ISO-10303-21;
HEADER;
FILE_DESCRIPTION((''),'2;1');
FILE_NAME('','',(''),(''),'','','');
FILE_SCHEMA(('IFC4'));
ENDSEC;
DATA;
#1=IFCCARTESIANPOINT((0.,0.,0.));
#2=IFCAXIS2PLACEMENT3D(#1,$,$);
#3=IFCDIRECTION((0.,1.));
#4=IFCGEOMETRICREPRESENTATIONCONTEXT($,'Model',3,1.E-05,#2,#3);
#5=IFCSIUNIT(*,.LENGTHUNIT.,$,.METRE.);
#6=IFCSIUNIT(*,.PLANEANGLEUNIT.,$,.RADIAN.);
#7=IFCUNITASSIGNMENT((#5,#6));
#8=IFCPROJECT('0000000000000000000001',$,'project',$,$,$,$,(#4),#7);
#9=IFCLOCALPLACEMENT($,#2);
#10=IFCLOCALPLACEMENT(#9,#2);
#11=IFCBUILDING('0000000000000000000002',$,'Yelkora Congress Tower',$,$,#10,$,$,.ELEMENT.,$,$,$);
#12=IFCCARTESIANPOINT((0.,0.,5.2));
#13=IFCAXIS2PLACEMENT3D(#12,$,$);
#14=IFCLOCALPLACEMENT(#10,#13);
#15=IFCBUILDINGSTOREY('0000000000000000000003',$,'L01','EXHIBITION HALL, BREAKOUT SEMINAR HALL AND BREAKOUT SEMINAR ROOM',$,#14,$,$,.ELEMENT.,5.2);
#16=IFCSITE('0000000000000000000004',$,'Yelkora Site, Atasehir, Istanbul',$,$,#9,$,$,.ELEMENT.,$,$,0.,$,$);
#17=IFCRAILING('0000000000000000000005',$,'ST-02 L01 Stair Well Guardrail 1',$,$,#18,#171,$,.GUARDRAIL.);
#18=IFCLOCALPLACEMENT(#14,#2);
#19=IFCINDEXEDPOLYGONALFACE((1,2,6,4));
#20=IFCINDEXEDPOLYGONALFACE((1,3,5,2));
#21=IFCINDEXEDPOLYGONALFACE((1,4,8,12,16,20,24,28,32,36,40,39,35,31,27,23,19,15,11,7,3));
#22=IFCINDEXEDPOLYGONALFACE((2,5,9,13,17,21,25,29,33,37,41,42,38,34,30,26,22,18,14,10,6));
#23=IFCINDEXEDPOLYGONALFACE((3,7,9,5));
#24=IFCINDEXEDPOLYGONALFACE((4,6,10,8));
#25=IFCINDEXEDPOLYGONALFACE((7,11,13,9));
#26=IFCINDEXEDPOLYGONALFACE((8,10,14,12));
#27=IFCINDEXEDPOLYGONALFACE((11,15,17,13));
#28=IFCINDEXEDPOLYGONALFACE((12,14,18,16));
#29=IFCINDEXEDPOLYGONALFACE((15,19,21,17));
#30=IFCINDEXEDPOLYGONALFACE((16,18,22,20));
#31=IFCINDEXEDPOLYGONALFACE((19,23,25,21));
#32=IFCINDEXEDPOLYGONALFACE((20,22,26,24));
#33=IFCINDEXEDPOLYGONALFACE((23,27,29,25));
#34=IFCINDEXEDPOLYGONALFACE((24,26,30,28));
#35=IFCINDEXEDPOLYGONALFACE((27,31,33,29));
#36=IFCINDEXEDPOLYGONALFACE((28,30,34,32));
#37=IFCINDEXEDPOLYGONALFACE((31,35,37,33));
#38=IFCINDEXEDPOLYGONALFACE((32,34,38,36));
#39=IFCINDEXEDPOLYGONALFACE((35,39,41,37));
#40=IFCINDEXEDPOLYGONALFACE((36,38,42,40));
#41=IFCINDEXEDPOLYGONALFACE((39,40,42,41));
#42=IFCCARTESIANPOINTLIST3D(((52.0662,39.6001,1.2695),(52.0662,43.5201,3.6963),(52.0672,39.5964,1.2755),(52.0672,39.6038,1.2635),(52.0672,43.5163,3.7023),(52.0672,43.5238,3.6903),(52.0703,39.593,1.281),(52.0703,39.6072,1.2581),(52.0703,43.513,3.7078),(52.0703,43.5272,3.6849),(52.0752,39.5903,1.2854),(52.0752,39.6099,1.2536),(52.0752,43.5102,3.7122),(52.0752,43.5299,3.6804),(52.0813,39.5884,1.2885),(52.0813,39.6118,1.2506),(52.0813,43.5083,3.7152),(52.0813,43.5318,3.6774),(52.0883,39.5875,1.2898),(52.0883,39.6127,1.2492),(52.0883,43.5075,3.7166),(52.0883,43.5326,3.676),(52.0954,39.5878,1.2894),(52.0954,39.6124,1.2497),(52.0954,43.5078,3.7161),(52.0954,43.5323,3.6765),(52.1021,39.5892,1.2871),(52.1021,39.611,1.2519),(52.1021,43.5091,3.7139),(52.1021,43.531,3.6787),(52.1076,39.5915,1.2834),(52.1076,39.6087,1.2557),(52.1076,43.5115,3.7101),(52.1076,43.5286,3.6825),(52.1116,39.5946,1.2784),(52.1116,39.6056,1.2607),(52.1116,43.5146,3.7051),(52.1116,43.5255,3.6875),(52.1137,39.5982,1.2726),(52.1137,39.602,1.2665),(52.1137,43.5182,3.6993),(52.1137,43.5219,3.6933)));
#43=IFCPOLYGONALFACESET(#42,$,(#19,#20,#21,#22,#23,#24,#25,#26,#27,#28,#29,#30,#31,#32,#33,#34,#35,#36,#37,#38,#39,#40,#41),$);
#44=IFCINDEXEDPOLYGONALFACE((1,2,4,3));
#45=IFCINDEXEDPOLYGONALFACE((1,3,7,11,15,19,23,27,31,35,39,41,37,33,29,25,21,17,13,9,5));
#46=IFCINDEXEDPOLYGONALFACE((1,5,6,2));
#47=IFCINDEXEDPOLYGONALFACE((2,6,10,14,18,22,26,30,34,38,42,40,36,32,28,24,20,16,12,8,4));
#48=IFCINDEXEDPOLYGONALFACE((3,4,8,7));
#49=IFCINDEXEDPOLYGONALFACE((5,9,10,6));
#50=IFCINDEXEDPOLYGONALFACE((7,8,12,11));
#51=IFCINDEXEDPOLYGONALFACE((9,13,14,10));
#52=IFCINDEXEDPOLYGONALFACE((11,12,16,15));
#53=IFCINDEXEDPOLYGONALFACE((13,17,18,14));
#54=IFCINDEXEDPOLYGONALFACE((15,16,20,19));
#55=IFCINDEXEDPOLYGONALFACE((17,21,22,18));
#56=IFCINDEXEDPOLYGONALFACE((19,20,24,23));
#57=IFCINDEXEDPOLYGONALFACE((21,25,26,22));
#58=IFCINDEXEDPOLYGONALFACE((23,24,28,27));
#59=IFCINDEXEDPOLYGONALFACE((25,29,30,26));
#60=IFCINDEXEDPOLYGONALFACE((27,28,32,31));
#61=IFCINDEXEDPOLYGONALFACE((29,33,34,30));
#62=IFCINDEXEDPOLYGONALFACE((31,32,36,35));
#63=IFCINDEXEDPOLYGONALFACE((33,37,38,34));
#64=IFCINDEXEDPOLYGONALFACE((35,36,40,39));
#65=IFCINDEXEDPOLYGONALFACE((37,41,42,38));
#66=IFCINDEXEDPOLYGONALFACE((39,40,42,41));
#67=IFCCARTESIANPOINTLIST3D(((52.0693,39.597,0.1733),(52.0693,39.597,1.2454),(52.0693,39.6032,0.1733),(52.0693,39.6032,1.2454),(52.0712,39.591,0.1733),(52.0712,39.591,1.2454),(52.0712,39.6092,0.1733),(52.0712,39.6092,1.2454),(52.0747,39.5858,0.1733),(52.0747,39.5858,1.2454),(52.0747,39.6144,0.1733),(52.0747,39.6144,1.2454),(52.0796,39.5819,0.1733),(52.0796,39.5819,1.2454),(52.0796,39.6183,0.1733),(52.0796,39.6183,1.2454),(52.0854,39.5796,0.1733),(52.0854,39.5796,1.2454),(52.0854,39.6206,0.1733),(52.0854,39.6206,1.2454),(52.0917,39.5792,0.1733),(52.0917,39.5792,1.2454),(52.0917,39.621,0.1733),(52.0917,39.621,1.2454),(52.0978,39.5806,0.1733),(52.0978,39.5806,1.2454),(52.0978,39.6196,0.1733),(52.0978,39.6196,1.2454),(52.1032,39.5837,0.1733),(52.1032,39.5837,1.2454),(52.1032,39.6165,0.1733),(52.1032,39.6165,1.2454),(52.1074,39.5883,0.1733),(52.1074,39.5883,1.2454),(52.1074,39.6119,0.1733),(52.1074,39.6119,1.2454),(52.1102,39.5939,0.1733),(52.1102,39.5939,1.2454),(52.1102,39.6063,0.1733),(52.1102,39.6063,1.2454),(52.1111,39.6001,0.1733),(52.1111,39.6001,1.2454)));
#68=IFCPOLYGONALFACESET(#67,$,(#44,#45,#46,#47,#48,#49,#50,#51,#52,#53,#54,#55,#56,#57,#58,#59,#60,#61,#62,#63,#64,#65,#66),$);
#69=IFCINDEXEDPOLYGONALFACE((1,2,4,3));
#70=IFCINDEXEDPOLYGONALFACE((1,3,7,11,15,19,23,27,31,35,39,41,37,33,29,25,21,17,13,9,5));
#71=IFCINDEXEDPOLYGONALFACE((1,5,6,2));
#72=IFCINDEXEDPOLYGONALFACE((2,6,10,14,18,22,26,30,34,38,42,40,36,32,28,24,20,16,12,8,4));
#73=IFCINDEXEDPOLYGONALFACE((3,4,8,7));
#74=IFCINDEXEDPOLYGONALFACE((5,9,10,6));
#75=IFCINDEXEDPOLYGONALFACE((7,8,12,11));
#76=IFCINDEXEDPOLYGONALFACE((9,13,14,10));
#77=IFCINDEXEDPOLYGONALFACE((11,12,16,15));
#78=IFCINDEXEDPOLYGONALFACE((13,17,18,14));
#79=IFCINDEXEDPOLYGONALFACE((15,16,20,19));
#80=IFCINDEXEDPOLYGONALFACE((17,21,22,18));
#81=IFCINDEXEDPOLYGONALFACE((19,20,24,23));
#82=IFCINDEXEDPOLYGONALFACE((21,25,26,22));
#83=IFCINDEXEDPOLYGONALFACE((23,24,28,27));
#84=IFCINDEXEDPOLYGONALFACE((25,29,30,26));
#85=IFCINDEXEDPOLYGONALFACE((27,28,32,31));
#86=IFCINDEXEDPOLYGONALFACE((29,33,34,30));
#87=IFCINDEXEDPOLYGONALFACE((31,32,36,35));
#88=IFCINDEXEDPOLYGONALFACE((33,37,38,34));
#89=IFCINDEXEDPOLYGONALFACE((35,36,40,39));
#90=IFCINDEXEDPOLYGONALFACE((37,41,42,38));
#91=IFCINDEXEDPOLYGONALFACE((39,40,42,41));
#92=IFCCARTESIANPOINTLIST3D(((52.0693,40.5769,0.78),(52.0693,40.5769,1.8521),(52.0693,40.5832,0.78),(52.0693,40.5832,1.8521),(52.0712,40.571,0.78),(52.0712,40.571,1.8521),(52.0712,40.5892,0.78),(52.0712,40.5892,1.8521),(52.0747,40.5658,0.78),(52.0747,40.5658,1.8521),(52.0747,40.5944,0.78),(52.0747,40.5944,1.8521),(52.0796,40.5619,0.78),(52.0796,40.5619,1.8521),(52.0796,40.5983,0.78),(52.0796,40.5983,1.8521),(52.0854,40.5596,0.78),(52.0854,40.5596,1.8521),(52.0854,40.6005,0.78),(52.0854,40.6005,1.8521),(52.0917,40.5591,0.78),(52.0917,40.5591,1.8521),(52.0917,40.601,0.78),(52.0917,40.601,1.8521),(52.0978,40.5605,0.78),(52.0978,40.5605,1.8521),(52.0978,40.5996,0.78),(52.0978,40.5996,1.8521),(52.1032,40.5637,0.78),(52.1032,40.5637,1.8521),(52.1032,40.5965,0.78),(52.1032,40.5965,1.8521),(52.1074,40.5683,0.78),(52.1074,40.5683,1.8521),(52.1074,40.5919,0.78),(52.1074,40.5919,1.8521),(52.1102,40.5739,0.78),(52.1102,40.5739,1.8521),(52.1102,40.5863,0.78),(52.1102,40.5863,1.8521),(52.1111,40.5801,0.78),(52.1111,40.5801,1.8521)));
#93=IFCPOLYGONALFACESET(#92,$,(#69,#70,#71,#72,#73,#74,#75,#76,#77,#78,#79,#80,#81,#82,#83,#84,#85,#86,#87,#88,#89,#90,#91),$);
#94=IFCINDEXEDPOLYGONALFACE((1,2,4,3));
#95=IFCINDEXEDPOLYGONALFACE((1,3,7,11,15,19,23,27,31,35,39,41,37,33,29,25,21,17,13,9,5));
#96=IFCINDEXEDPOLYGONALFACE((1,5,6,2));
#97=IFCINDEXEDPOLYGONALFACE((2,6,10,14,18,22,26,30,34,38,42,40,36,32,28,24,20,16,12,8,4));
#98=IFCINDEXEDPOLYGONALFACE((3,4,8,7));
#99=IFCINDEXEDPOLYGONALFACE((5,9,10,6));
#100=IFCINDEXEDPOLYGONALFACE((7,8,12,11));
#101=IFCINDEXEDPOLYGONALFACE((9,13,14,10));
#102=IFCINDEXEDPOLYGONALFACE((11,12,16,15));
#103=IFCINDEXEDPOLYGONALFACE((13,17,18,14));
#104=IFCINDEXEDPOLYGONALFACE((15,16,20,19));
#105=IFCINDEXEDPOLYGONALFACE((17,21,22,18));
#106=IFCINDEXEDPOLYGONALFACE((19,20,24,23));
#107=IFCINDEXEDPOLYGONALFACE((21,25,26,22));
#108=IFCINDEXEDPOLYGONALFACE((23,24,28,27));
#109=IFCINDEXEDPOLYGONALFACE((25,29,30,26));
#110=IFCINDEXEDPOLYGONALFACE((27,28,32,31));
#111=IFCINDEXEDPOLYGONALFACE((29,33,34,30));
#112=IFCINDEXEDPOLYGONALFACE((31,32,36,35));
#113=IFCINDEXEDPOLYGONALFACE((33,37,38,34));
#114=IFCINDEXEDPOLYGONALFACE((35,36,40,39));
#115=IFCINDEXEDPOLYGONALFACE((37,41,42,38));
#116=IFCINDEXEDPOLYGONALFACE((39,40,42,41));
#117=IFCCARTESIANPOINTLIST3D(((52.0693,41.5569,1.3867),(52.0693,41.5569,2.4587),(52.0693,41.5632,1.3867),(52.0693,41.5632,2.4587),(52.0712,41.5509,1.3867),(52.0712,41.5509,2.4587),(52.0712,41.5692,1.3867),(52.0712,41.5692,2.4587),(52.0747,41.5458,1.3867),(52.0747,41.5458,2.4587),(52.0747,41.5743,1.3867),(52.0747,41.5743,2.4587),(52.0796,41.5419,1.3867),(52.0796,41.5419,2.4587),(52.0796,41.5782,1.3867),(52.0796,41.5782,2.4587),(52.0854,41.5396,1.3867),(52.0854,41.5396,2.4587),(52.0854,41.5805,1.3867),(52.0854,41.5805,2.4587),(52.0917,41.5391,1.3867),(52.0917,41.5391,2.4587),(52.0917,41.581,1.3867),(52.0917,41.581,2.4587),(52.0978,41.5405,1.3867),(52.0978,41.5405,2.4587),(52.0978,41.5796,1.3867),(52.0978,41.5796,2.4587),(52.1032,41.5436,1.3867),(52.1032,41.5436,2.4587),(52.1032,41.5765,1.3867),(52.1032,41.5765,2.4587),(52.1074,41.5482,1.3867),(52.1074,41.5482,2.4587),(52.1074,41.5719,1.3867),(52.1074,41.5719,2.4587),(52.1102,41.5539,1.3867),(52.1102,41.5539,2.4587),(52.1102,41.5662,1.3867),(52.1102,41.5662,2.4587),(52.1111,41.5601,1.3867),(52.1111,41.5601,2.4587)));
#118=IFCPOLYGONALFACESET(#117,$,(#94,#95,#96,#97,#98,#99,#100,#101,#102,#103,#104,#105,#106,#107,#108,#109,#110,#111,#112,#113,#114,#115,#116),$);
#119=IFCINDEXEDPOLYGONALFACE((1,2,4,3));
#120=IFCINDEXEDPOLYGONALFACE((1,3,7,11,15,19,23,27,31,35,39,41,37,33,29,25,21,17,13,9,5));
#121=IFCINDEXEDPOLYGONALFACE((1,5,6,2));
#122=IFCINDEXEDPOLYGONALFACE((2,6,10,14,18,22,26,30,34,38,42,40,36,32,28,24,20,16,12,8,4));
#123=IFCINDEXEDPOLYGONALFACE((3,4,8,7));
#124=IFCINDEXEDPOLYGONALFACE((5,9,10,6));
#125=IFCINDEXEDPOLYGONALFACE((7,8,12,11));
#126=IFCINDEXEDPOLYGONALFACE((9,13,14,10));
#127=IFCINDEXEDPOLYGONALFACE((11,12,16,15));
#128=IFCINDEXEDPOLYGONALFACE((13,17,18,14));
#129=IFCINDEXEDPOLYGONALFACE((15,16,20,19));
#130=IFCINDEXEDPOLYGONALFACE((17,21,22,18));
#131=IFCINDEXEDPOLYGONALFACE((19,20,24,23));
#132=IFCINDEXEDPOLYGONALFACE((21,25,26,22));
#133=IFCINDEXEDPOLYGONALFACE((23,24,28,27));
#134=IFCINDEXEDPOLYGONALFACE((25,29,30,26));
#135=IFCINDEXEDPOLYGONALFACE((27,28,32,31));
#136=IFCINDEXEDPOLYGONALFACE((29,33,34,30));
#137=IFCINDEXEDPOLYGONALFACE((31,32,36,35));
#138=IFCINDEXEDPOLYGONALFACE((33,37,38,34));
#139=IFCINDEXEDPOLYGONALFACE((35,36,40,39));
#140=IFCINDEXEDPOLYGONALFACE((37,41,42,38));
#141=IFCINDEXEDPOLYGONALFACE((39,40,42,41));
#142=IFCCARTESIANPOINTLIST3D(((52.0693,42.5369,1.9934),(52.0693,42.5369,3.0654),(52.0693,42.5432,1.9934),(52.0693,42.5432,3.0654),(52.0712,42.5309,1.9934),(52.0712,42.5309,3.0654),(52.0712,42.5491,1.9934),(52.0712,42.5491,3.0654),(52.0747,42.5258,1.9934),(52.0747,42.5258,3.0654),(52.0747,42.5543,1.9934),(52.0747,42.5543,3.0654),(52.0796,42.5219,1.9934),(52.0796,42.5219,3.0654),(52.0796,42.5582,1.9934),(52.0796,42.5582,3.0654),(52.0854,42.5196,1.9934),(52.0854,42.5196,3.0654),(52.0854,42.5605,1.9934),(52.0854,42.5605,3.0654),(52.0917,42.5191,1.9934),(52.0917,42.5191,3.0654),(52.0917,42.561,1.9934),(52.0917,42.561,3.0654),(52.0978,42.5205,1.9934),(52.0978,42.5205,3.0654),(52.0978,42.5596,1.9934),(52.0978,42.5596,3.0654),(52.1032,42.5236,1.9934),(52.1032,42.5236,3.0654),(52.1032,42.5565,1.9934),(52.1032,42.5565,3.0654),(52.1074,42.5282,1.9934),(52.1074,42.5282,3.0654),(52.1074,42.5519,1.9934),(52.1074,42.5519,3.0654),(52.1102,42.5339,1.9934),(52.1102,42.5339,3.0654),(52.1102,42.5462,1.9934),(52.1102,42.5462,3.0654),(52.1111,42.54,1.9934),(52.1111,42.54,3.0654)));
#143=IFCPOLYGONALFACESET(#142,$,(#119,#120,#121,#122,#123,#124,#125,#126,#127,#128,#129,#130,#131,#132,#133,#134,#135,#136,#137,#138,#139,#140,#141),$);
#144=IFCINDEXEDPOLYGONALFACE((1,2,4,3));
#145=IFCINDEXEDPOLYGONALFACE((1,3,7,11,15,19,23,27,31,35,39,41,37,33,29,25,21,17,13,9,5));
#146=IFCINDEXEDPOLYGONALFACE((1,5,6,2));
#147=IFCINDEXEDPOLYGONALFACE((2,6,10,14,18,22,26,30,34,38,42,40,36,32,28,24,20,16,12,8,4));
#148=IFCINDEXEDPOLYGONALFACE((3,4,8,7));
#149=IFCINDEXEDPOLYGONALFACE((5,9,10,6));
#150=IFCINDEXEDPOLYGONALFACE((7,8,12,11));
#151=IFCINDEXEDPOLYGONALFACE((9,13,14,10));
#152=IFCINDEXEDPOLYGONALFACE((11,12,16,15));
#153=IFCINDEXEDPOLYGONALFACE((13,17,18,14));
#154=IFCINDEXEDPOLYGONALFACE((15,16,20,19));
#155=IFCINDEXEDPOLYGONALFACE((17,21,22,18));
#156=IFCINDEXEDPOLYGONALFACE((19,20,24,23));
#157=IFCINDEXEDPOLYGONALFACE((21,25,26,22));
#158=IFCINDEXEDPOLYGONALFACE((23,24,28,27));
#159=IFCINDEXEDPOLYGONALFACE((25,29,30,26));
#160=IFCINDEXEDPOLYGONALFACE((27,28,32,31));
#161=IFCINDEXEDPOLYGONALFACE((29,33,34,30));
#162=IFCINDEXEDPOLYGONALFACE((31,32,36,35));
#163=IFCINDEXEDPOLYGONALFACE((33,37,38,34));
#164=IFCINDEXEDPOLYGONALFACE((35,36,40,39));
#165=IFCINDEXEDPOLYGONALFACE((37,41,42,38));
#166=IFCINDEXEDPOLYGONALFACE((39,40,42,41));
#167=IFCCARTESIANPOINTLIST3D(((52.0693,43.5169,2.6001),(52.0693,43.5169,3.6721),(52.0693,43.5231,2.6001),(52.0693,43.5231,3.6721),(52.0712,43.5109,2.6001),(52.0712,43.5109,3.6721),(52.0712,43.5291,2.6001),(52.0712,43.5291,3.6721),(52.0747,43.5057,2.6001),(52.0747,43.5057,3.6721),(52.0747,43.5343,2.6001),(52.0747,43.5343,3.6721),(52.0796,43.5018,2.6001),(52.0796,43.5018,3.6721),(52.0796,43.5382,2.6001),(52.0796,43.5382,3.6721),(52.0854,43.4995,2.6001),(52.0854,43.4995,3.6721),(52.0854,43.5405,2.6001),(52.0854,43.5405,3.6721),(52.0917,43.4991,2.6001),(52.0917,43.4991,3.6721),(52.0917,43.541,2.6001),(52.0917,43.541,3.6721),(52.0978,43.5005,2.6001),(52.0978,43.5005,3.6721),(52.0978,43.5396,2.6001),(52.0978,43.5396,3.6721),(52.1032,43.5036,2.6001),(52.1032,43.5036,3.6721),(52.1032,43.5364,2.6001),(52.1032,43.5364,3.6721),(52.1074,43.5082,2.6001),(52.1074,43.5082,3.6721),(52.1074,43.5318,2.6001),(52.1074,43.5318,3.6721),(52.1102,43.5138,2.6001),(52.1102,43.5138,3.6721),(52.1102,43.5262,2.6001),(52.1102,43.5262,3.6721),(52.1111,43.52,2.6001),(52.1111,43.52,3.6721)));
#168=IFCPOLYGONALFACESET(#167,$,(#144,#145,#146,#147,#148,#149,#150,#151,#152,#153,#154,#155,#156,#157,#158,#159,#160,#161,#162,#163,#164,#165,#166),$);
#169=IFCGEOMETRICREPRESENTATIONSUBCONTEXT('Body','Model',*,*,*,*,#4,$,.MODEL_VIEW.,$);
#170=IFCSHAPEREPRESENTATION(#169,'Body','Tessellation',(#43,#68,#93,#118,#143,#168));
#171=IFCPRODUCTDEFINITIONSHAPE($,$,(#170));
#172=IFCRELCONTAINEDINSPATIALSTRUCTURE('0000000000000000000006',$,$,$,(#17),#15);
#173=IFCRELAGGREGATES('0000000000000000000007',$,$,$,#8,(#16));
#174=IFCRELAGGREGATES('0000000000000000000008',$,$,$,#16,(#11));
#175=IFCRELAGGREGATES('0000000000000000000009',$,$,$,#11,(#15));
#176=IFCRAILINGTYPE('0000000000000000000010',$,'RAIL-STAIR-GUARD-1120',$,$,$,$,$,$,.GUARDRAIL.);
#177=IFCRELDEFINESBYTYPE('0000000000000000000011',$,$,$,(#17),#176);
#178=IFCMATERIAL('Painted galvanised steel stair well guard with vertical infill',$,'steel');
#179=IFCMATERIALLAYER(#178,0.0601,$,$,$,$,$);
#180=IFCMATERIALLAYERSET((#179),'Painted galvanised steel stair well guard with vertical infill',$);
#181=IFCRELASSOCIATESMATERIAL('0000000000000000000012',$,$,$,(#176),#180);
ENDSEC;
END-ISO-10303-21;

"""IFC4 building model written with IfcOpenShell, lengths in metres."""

from ifc_helpers import new_model, si_unit, direction, frame, origin, origin_2d, place, context, subcontext, project, spatial, circle, extrude, material, layer, layer_set, type_object, element, save


model = new_model("IFC4")

# Units and contexts
model_context = context("Model", 3, precision=1e-05, world=origin(), true_north=direction((0.0, 1.0)))
body_context = subcontext(model_context, "Body", "Model", "MODEL_VIEW")
ifc_project = project(units=[si_unit("LENGTHUNIT", "METRE"), si_unit("PLANEANGLEUNIT", "RADIAN")], contexts=[model_context])

# Site, building, storey
site_placement = place(None, origin())
site = spatial("IfcSite", under=ifc_project, at=site_placement, Name="Yelkora Site, Atasehir, Istanbul", CompositionType="ELEMENT", RefElevation=0.0)
building_placement = place(site_placement, origin())
building = spatial("IfcBuilding", under=site, at=building_placement, Name="Yelkora Congress Tower", CompositionType="ELEMENT")
storey_placement = place(building_placement, frame((0.0, 0.0, 5.2)))
storey = spatial("IfcBuildingStorey", under=building, at=storey_placement, Name="L01", Description="EXHIBITION HALL, BREAKOUT SEMINAR HALL AND BREAKOUT SEMINAR ROOM", CompositionType="ELEMENT", Elevation=5.2)

# Railing
ifc_material_1 = material(Name="Painted galvanised steel stair well guard with vertical infill", Category="steel")
ifc_layer_1 = layer(ifc_material_1, 0.0601)
ifc_layer_set_1 = layer_set([ifc_layer_1], Name="Painted galvanised steel stair well guard with vertical infill")
railing_type_1 = type_object("IfcRailingType", Name="RAIL-STAIR-GUARD-1120", PredefinedType="GUARDRAIL", material=ifc_layer_set_1)
railing_1_placement = place(storey_placement, frame((52.0901, 39.6001, 0.1733)))
element("IfcRailing", 1, at=railing_1_placement, inside=storey, type_object=railing_type_1, Name="ST-02 L01 Stair Well Guardrail 1", PredefinedType="GUARDRAIL", context=body_context, shape_type="SweptSolid", body=[
    extrude(circle(Radius=0.0239, at=origin_2d()), frame((0.0, 0.0, 1.0962), z_axis=(0.0, 0.850252, 0.526376), x_axis=(-1.0, 0.0, 0.0)), (0.0, 0.0, 1.0), 4.6104),
    extrude(circle(Radius=0.021, at=origin_2d()), origin(), (0.0, 0.0, 1.0), 1.072),
    extrude(circle(Radius=0.021, at=origin_2d()), frame((0.0, 0.98, 0.6067)), (0.0, 0.0, 1.0), 1.072),
    extrude(circle(Radius=0.021, at=origin_2d()), frame((0.0, 1.96, 1.2134)), (0.0, 0.0, 1.0), 1.072),
    extrude(circle(Radius=0.021, at=origin_2d()), frame((0.0, 2.9399, 1.8201)), (0.0, 0.0, 1.0), 1.072),
    extrude(circle(Radius=0.021, at=origin_2d()), frame((0.0, 3.9199, 2.4268)), (0.0, 0.0, 1.0), 1.072),
])

save(model, "model.ifc")
